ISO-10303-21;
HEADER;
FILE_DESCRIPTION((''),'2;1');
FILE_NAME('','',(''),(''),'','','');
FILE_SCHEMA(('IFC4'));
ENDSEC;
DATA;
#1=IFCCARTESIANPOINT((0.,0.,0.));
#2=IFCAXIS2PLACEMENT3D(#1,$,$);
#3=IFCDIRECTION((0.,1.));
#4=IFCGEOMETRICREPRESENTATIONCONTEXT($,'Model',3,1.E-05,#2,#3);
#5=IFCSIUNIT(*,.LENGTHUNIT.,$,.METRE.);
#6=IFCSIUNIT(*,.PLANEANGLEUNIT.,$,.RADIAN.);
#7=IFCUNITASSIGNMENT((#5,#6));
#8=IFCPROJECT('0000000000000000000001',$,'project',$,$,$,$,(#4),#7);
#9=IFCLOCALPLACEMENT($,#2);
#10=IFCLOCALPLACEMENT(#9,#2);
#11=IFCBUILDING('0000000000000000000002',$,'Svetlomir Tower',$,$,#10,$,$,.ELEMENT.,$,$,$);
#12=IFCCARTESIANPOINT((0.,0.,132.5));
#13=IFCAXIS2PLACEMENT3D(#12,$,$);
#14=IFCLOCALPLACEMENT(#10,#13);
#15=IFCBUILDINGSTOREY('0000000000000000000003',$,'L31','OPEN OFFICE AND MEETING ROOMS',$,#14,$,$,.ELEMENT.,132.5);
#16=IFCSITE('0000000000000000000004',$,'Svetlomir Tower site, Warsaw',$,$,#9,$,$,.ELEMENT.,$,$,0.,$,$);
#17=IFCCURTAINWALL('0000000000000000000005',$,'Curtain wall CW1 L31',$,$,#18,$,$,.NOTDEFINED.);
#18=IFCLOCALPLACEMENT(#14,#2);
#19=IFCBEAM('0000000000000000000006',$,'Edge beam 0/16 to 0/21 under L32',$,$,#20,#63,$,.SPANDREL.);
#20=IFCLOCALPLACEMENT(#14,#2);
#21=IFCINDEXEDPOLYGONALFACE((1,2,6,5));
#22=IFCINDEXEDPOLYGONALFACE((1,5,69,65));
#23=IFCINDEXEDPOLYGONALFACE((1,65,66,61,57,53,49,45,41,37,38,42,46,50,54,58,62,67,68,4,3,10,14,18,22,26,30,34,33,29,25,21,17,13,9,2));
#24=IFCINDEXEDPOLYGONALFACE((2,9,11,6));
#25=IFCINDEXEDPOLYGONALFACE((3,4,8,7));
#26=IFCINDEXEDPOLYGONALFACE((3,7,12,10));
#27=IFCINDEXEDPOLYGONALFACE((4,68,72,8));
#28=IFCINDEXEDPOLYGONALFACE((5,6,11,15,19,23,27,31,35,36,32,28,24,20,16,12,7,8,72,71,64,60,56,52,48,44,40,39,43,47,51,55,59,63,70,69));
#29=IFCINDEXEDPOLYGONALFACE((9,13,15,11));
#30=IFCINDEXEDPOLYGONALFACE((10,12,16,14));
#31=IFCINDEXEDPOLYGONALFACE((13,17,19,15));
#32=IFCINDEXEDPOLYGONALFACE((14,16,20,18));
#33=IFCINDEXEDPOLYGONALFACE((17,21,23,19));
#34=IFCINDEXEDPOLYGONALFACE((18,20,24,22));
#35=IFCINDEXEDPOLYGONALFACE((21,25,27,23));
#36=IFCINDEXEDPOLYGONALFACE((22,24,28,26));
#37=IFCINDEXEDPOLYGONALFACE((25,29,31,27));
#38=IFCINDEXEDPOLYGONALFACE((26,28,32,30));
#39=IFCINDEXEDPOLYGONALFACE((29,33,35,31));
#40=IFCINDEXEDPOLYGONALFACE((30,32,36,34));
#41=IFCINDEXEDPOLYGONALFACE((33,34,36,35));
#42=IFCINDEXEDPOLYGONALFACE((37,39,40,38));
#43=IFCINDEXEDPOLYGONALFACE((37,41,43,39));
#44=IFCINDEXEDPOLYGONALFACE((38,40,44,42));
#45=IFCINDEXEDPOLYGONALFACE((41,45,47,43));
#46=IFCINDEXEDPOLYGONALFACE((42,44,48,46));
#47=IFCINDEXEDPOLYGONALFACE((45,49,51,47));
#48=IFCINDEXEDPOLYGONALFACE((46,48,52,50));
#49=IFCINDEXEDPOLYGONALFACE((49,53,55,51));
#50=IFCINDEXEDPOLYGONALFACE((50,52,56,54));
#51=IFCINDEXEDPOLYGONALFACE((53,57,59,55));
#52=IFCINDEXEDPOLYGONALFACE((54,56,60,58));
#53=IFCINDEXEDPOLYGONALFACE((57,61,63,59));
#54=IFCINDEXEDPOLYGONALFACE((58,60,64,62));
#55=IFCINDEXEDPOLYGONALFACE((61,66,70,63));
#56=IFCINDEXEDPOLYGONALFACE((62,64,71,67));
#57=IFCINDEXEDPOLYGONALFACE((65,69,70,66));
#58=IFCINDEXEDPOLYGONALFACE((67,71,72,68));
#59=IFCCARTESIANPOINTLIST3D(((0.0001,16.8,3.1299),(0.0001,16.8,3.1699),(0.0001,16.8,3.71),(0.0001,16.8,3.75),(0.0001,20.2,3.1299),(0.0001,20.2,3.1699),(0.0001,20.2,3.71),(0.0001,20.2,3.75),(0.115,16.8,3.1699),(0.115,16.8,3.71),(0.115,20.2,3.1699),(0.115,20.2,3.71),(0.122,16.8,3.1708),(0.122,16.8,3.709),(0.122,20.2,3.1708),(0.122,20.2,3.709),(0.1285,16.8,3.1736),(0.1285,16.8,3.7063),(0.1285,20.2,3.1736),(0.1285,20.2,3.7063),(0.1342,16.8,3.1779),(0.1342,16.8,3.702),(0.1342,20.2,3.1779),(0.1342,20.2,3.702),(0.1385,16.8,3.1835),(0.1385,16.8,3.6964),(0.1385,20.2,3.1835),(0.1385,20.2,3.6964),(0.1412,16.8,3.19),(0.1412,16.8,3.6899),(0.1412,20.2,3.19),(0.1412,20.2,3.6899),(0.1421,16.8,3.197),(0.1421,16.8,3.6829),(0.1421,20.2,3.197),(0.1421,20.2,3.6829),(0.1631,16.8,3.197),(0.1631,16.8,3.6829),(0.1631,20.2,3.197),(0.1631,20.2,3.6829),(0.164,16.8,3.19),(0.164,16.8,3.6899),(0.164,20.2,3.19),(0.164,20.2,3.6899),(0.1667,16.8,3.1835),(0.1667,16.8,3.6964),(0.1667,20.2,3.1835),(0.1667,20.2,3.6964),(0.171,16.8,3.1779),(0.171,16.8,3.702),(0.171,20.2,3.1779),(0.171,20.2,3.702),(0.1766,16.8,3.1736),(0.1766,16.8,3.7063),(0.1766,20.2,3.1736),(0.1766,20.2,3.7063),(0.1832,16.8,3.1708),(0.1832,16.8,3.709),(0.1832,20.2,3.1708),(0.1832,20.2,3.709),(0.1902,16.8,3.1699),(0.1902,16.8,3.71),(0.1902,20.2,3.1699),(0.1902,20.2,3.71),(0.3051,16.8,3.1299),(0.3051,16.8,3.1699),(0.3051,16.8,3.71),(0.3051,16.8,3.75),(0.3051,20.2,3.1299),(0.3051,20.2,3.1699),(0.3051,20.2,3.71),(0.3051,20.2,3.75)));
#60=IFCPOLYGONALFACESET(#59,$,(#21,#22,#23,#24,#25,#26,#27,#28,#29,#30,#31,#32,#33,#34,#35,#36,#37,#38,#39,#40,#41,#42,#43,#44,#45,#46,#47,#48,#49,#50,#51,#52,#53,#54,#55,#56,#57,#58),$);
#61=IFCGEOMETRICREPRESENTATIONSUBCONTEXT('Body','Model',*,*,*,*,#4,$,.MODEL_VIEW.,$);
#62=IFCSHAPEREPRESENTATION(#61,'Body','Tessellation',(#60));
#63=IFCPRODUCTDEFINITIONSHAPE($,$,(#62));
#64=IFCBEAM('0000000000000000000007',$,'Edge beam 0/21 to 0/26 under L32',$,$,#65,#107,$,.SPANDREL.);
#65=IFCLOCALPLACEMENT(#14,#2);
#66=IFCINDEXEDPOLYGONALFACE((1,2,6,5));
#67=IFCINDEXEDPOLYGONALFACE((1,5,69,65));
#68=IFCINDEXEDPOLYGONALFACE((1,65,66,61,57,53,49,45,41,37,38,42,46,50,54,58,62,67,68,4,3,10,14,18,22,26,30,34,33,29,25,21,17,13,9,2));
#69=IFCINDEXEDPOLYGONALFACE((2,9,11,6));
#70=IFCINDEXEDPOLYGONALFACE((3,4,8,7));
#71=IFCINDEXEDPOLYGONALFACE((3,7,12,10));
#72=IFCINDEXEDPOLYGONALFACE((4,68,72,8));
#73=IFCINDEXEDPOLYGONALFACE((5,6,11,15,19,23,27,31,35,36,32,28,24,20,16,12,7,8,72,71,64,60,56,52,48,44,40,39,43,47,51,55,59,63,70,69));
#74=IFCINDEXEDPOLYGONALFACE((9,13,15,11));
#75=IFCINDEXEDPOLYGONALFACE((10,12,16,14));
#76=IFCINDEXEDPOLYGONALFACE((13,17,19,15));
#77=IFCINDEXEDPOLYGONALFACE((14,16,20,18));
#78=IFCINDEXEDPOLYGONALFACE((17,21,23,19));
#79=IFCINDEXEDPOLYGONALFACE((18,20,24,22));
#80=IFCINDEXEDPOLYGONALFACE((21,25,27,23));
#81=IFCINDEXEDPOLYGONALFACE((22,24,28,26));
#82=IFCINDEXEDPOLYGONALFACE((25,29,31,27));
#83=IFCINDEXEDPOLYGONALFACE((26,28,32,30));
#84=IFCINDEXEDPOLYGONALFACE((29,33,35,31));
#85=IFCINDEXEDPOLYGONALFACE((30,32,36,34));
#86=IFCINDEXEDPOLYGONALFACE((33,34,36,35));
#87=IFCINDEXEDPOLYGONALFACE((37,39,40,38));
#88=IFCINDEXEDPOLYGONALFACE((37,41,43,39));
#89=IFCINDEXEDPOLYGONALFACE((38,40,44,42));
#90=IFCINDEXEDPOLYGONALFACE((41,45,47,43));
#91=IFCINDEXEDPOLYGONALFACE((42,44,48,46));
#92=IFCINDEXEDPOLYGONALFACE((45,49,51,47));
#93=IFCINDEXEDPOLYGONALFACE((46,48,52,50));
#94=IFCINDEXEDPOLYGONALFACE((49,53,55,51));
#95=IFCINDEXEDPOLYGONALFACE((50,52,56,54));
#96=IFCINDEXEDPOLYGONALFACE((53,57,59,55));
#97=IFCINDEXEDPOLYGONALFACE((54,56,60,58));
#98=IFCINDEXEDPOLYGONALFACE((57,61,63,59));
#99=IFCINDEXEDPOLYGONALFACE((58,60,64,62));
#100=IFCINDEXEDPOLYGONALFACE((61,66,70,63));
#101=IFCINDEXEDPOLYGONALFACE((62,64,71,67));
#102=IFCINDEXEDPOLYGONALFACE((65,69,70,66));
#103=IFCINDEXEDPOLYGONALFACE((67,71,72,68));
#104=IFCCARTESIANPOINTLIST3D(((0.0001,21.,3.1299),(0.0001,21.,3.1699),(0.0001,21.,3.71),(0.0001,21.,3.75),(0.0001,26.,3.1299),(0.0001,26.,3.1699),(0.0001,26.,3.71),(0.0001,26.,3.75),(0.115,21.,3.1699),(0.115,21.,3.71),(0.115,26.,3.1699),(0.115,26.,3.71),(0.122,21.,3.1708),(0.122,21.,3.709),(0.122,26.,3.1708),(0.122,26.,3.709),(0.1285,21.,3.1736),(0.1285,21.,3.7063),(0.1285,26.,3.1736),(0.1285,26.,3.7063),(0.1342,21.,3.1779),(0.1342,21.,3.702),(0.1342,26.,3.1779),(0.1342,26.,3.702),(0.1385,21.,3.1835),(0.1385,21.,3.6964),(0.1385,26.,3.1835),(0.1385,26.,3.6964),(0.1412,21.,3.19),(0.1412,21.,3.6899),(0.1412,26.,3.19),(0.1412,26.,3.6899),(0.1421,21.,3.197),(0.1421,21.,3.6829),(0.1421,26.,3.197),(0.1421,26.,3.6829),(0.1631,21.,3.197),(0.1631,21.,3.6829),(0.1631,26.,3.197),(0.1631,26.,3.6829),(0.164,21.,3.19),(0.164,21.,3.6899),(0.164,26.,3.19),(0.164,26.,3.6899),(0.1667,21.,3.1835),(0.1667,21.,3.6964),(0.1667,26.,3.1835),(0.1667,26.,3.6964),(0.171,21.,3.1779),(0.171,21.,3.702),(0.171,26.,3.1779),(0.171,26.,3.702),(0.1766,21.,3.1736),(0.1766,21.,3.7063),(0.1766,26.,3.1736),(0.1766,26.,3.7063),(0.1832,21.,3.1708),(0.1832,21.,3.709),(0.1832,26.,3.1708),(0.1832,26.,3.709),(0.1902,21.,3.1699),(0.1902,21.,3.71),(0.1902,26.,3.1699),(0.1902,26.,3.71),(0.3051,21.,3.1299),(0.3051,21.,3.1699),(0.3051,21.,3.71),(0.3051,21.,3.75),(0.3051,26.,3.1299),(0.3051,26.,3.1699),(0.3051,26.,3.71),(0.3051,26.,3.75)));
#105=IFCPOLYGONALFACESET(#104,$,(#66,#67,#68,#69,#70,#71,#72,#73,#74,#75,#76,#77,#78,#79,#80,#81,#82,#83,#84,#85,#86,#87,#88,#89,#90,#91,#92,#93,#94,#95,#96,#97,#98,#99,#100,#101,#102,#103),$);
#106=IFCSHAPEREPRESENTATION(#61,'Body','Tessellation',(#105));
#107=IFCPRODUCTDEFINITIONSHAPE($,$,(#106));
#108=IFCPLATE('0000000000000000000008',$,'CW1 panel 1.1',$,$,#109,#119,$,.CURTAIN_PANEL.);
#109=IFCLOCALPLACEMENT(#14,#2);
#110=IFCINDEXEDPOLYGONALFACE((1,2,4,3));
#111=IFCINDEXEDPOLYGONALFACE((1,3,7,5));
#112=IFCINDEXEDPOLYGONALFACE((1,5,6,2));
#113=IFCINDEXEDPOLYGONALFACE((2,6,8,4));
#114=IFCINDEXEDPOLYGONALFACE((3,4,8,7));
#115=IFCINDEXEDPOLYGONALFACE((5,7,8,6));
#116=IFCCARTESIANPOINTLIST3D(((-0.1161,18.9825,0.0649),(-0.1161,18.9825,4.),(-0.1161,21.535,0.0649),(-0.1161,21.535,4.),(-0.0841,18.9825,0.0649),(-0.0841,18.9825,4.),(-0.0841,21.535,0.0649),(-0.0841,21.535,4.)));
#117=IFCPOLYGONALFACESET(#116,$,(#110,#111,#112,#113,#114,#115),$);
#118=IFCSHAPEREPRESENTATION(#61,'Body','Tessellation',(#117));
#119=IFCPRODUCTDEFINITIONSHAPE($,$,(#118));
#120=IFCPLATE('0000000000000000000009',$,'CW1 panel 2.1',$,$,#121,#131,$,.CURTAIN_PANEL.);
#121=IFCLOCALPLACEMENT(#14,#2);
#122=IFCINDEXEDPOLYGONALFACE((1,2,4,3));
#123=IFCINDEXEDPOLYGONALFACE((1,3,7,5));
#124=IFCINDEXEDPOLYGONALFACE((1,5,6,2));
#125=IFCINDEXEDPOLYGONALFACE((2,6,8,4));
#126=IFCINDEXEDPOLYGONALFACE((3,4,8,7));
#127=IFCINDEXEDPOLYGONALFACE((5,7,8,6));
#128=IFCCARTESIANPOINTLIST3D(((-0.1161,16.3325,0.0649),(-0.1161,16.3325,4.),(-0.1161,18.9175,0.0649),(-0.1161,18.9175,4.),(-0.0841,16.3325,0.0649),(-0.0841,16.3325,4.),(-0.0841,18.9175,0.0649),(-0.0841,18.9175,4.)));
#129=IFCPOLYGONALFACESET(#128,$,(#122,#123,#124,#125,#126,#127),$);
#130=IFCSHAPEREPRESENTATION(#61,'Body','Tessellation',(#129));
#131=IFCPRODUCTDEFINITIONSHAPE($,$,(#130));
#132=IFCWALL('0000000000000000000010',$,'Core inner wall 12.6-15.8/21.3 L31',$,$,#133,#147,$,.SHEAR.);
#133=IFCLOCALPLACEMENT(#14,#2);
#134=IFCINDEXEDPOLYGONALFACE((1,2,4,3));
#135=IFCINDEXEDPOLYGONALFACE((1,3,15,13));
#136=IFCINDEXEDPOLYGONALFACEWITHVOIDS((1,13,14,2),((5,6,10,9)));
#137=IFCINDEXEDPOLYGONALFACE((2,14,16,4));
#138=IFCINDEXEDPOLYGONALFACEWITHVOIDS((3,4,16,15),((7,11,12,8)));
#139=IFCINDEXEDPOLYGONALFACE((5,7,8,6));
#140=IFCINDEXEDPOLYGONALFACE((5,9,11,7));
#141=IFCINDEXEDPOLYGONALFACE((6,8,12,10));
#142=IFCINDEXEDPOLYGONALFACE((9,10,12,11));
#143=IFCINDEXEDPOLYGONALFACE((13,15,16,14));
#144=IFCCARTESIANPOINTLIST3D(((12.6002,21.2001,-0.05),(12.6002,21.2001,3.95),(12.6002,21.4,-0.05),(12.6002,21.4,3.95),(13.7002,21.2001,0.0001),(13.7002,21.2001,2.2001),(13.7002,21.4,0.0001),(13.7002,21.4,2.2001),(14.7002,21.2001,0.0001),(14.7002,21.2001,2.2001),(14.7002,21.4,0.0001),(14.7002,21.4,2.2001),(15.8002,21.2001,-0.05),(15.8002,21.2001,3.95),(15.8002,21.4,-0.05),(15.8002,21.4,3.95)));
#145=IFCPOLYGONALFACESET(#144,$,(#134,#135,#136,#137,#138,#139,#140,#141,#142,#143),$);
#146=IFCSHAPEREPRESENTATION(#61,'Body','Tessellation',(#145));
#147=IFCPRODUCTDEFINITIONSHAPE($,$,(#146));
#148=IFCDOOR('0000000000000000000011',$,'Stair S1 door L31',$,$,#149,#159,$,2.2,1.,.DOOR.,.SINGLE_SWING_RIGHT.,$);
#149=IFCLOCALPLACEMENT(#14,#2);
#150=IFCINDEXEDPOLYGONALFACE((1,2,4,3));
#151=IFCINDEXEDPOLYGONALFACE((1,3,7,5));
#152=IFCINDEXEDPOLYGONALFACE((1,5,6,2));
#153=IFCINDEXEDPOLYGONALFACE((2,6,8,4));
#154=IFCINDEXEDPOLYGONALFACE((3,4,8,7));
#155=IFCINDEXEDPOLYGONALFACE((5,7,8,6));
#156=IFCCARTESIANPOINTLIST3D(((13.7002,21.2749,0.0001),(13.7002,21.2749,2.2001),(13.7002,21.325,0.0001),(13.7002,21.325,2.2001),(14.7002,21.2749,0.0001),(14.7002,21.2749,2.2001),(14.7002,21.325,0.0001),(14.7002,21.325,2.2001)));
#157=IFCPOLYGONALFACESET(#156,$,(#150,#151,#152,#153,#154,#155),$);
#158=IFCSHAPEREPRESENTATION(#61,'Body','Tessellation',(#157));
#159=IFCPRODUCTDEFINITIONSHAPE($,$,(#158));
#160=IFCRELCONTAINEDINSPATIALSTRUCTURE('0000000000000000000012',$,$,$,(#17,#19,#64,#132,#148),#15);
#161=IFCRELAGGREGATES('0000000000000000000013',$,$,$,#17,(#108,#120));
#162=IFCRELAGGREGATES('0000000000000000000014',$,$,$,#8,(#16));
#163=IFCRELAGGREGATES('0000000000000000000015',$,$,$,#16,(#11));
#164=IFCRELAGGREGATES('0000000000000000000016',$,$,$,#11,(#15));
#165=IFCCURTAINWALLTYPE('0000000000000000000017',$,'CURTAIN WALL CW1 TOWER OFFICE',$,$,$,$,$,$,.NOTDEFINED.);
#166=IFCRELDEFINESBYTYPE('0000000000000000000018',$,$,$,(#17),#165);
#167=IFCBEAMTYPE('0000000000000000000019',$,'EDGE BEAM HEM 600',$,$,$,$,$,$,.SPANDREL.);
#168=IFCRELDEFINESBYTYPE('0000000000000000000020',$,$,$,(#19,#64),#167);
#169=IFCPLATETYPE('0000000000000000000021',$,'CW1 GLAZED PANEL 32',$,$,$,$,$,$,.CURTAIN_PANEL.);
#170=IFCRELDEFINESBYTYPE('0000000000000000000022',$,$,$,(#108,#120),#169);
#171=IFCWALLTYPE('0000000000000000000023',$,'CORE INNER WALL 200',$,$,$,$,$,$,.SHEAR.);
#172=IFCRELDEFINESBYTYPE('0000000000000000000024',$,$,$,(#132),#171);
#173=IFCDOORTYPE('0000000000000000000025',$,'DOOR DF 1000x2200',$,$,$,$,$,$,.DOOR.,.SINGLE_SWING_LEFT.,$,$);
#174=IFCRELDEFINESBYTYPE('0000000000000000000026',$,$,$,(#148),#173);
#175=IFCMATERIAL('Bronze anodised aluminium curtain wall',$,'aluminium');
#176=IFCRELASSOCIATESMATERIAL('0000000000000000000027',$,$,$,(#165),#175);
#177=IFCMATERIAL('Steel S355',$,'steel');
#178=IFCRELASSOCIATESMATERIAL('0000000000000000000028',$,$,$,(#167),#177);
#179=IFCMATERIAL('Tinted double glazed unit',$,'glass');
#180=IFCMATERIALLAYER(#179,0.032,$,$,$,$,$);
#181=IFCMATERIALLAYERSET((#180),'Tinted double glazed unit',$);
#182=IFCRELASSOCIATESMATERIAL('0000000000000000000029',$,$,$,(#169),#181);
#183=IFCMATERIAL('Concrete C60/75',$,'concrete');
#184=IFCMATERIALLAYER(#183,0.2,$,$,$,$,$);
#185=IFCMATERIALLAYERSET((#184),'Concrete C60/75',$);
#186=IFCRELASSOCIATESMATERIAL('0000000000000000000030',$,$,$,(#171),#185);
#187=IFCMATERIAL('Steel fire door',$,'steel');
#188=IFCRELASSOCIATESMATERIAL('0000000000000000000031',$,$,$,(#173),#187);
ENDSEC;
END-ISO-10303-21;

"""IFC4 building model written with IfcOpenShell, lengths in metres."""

from ifc_helpers import new_model, si_unit, direction, frame, frame_2d, origin, origin_2d, place, context, subcontext, project, spatial, rectangle, i_section, extrude, material, layer, layer_set, material_profile, profile_set, type_object, element, fill, aggregate, save


model = new_model("IFC4")

# Units and contexts
model_context = context("Model", 3, precision=1e-05, world=origin(), true_north=direction((0.0, 1.0)))
body_context = subcontext(model_context, "Body", "Model", "MODEL_VIEW")
ifc_project = project(units=[si_unit("LENGTHUNIT", "METRE"), si_unit("PLANEANGLEUNIT", "RADIAN")], contexts=[model_context])

# Site, building, storey
site_placement = place(None, origin())
site = spatial("IfcSite", under=ifc_project, at=site_placement, Name="Svetlomir Tower site, Warsaw", CompositionType="ELEMENT", RefElevation=0.0)
building_placement = place(site_placement, origin())
building = spatial("IfcBuilding", under=site, at=building_placement, Name="Svetlomir Tower", CompositionType="ELEMENT")
storey_placement = place(building_placement, frame((0.0, 0.0, 132.5)))
storey = spatial("IfcBuildingStorey", under=building, at=storey_placement, Name="L31", Description="OPEN OFFICE AND MEETING ROOMS", CompositionType="ELEMENT", Elevation=132.5)

# Curtain wall
ifc_material_1 = material(Name="Bronze anodised aluminium curtain wall", Category="aluminium")
curtain_wall_type = type_object("IfcCurtainWallType", Name="CURTAIN WALL CW1 TOWER OFFICE", PredefinedType="NOTDEFINED", material=ifc_material_1)
curtain_wall_placement = place(storey_placement, origin())
curtain_wall = element("IfcCurtainWall", 1, at=curtain_wall_placement, inside=storey, type_object=curtain_wall_type, Name="Curtain wall CW1 L31", PredefinedType="NOTDEFINED")

# Beams
ifc_material_2 = material(Name="Steel S355", Category="steel")
ifc_material_profile_1 = material_profile(ifc_material_2, i_section(OverallWidth=0.3049, OverallDepth=0.6201, WebThickness=0.021, FlangeThickness=0.04, FilletRadius=0.0271, at=origin_2d()), Name="HEM 600")
ifc_profile_set_1 = profile_set([ifc_material_profile_1], Name="Steel S355")
beam_type_1 = type_object("IfcBeamType", Name="EDGE BEAM HEM 600", PredefinedType="SPANDREL", material=ifc_profile_set_1)
beam_1_placement = place(storey_placement, frame((0.1526, 16.8, 3.4399), z_axis=(0.0, 1.0, 0.0), x_axis=(-1.0, 0.0, 0.0)))
element("IfcBeam", 2, at=beam_1_placement, inside=storey, type_object=beam_type_1, Name="Edge beam 0/16 to 0/21 under L32", PredefinedType="SPANDREL", context=body_context, shape_type="SweptSolid", body=[
    extrude(i_section(OverallWidth=0.3049, OverallDepth=0.6201, WebThickness=0.021, FlangeThickness=0.04, FilletRadius=0.0271, at=origin_2d()), origin(), (0.0, 0.0, 1.0), 3.3999),
])
beam_2_placement = place(storey_placement, frame((0.1526, 21.0, 3.4399), z_axis=(0.0, 1.0, 0.0), x_axis=(-1.0, 0.0, 0.0)))
element("IfcBeam", 3, at=beam_2_placement, inside=storey, type_object=beam_type_1, Name="Edge beam 0/21 to 0/26 under L32", PredefinedType="SPANDREL", context=body_context, shape_type="SweptSolid", body=[
    extrude(i_section(OverallWidth=0.3049, OverallDepth=0.6201, WebThickness=0.021, FlangeThickness=0.04, FilletRadius=0.0271, at=origin_2d()), origin(), (0.0, 0.0, 1.0), 5.0),
])

# Plates
ifc_material_3 = material(Name="Tinted double glazed unit", Category="glass")
ifc_layer_1 = layer(ifc_material_3, 0.032)
ifc_layer_set_1 = layer_set([ifc_layer_1], Name="Tinted double glazed unit")
plate_type = type_object("IfcPlateType", Name="CW1 GLAZED PANEL 32", PredefinedType="CURTAIN_PANEL", material=ifc_layer_set_1)
plate_1_placement = place(storey_placement, frame((-0.1001, 20.2588, 0.0649), z_axis=(0.0, 0.0, 1.0), x_axis=(0.0, -1.0, 0.0)))
plate_1 = element("IfcPlate", 4, at=plate_1_placement, type_object=plate_type, Name="CW1 panel 1.1", PredefinedType="CURTAIN_PANEL", context=body_context, shape_type="SweptSolid", body=[
    extrude(rectangle(XDim=2.5525, YDim=0.032, at=origin_2d()), origin(), (0.0, 0.0, 1.0), 3.9351),
])
plate_2_placement = place(storey_placement, frame((-0.1001, 17.625, 0.0649), z_axis=(0.0, 0.0, 1.0), x_axis=(0.0, -1.0, 0.0)))
plate_2 = element("IfcPlate", 5, at=plate_2_placement, type_object=plate_type, Name="CW1 panel 2.1", PredefinedType="CURTAIN_PANEL", context=body_context, shape_type="SweptSolid", body=[
    extrude(rectangle(XDim=2.585, YDim=0.032, at=origin_2d()), origin(), (0.0, 0.0, 1.0), 3.9351),
])
aggregate(curtain_wall, [plate_1, plate_2])

# Wall, opening, door
ifc_material_4 = material(Name="Concrete C60/75", Category="concrete")
ifc_layer_2 = layer(ifc_material_4, 0.2)
ifc_layer_set_2 = layer_set([ifc_layer_2], Name="Concrete C60/75")
wall_type_1 = type_object("IfcWallType", Name="CORE INNER WALL 200", PredefinedType="SHEAR", material=ifc_layer_set_2)
wall_1_placement = place(storey_placement, frame((12.6001, 21.3, -0.05), z_axis=(0.0, 0.0, 1.0), x_axis=(1.0, 0.0, 0.0)))
wall_1 = element("IfcWall", 6, at=wall_1_placement, inside=storey, type_object=wall_type_1, Name="Core inner wall 12.6-15.8/21.3 L31", PredefinedType="SHEAR", context=body_context, shape_type="SweptSolid", body=[
    extrude(rectangle(XDim=3.2, YDim=0.2, at=frame_2d((1.6001, 0.0))), origin(), (0.0, 0.0, 1.0), 4.0),
])
opening_1_placement = place(wall_1_placement, frame((1.1001, 0.0, 0.05)))
opening_1 = element("IfcOpeningElement", 7, at=opening_1_placement, cuts=wall_1, PredefinedType="OPENING", context=body_context, shape_type="SweptSolid", body=[
    extrude(rectangle(XDim=1.0, YDim=2.2, at=frame_2d((0.5, 1.1001))), frame((0.0, 0.1099, 0.0), z_axis=(0.0, -1.0, 0.0), x_axis=(1.0, 0.0, 0.0)), (0.0, 0.0, 1.0), 0.22),
])
ifc_material_5 = material(Name="Steel fire door", Category="steel")
door_type_1 = type_object("IfcDoorType", Name="DOOR DF 1000x2200", OperationType="SINGLE_SWING_LEFT", PredefinedType="DOOR", material=ifc_material_5)
door_1_placement = place(opening_1_placement, origin())
door_1 = element("IfcDoor", 8, at=door_1_placement, inside=storey, type_object=door_type_1, Name="Stair S1 door L31", OperationType="SINGLE_SWING_RIGHT", OverallHeight=2.2, OverallWidth=1.0, PredefinedType="DOOR", context=body_context, shape_type="SweptSolid", body=[
    extrude(rectangle(XDim=1.0, YDim=2.2, at=frame_2d((0.5, 1.1001))), frame((0.0, 0.0249, 0.0), z_axis=(0.0, -1.0, 0.0), x_axis=(1.0, 0.0, 0.0)), (0.0, 0.0, 1.0), 0.05),
])
fill(opening_1, door_1)

save(model, "model.ifc")
